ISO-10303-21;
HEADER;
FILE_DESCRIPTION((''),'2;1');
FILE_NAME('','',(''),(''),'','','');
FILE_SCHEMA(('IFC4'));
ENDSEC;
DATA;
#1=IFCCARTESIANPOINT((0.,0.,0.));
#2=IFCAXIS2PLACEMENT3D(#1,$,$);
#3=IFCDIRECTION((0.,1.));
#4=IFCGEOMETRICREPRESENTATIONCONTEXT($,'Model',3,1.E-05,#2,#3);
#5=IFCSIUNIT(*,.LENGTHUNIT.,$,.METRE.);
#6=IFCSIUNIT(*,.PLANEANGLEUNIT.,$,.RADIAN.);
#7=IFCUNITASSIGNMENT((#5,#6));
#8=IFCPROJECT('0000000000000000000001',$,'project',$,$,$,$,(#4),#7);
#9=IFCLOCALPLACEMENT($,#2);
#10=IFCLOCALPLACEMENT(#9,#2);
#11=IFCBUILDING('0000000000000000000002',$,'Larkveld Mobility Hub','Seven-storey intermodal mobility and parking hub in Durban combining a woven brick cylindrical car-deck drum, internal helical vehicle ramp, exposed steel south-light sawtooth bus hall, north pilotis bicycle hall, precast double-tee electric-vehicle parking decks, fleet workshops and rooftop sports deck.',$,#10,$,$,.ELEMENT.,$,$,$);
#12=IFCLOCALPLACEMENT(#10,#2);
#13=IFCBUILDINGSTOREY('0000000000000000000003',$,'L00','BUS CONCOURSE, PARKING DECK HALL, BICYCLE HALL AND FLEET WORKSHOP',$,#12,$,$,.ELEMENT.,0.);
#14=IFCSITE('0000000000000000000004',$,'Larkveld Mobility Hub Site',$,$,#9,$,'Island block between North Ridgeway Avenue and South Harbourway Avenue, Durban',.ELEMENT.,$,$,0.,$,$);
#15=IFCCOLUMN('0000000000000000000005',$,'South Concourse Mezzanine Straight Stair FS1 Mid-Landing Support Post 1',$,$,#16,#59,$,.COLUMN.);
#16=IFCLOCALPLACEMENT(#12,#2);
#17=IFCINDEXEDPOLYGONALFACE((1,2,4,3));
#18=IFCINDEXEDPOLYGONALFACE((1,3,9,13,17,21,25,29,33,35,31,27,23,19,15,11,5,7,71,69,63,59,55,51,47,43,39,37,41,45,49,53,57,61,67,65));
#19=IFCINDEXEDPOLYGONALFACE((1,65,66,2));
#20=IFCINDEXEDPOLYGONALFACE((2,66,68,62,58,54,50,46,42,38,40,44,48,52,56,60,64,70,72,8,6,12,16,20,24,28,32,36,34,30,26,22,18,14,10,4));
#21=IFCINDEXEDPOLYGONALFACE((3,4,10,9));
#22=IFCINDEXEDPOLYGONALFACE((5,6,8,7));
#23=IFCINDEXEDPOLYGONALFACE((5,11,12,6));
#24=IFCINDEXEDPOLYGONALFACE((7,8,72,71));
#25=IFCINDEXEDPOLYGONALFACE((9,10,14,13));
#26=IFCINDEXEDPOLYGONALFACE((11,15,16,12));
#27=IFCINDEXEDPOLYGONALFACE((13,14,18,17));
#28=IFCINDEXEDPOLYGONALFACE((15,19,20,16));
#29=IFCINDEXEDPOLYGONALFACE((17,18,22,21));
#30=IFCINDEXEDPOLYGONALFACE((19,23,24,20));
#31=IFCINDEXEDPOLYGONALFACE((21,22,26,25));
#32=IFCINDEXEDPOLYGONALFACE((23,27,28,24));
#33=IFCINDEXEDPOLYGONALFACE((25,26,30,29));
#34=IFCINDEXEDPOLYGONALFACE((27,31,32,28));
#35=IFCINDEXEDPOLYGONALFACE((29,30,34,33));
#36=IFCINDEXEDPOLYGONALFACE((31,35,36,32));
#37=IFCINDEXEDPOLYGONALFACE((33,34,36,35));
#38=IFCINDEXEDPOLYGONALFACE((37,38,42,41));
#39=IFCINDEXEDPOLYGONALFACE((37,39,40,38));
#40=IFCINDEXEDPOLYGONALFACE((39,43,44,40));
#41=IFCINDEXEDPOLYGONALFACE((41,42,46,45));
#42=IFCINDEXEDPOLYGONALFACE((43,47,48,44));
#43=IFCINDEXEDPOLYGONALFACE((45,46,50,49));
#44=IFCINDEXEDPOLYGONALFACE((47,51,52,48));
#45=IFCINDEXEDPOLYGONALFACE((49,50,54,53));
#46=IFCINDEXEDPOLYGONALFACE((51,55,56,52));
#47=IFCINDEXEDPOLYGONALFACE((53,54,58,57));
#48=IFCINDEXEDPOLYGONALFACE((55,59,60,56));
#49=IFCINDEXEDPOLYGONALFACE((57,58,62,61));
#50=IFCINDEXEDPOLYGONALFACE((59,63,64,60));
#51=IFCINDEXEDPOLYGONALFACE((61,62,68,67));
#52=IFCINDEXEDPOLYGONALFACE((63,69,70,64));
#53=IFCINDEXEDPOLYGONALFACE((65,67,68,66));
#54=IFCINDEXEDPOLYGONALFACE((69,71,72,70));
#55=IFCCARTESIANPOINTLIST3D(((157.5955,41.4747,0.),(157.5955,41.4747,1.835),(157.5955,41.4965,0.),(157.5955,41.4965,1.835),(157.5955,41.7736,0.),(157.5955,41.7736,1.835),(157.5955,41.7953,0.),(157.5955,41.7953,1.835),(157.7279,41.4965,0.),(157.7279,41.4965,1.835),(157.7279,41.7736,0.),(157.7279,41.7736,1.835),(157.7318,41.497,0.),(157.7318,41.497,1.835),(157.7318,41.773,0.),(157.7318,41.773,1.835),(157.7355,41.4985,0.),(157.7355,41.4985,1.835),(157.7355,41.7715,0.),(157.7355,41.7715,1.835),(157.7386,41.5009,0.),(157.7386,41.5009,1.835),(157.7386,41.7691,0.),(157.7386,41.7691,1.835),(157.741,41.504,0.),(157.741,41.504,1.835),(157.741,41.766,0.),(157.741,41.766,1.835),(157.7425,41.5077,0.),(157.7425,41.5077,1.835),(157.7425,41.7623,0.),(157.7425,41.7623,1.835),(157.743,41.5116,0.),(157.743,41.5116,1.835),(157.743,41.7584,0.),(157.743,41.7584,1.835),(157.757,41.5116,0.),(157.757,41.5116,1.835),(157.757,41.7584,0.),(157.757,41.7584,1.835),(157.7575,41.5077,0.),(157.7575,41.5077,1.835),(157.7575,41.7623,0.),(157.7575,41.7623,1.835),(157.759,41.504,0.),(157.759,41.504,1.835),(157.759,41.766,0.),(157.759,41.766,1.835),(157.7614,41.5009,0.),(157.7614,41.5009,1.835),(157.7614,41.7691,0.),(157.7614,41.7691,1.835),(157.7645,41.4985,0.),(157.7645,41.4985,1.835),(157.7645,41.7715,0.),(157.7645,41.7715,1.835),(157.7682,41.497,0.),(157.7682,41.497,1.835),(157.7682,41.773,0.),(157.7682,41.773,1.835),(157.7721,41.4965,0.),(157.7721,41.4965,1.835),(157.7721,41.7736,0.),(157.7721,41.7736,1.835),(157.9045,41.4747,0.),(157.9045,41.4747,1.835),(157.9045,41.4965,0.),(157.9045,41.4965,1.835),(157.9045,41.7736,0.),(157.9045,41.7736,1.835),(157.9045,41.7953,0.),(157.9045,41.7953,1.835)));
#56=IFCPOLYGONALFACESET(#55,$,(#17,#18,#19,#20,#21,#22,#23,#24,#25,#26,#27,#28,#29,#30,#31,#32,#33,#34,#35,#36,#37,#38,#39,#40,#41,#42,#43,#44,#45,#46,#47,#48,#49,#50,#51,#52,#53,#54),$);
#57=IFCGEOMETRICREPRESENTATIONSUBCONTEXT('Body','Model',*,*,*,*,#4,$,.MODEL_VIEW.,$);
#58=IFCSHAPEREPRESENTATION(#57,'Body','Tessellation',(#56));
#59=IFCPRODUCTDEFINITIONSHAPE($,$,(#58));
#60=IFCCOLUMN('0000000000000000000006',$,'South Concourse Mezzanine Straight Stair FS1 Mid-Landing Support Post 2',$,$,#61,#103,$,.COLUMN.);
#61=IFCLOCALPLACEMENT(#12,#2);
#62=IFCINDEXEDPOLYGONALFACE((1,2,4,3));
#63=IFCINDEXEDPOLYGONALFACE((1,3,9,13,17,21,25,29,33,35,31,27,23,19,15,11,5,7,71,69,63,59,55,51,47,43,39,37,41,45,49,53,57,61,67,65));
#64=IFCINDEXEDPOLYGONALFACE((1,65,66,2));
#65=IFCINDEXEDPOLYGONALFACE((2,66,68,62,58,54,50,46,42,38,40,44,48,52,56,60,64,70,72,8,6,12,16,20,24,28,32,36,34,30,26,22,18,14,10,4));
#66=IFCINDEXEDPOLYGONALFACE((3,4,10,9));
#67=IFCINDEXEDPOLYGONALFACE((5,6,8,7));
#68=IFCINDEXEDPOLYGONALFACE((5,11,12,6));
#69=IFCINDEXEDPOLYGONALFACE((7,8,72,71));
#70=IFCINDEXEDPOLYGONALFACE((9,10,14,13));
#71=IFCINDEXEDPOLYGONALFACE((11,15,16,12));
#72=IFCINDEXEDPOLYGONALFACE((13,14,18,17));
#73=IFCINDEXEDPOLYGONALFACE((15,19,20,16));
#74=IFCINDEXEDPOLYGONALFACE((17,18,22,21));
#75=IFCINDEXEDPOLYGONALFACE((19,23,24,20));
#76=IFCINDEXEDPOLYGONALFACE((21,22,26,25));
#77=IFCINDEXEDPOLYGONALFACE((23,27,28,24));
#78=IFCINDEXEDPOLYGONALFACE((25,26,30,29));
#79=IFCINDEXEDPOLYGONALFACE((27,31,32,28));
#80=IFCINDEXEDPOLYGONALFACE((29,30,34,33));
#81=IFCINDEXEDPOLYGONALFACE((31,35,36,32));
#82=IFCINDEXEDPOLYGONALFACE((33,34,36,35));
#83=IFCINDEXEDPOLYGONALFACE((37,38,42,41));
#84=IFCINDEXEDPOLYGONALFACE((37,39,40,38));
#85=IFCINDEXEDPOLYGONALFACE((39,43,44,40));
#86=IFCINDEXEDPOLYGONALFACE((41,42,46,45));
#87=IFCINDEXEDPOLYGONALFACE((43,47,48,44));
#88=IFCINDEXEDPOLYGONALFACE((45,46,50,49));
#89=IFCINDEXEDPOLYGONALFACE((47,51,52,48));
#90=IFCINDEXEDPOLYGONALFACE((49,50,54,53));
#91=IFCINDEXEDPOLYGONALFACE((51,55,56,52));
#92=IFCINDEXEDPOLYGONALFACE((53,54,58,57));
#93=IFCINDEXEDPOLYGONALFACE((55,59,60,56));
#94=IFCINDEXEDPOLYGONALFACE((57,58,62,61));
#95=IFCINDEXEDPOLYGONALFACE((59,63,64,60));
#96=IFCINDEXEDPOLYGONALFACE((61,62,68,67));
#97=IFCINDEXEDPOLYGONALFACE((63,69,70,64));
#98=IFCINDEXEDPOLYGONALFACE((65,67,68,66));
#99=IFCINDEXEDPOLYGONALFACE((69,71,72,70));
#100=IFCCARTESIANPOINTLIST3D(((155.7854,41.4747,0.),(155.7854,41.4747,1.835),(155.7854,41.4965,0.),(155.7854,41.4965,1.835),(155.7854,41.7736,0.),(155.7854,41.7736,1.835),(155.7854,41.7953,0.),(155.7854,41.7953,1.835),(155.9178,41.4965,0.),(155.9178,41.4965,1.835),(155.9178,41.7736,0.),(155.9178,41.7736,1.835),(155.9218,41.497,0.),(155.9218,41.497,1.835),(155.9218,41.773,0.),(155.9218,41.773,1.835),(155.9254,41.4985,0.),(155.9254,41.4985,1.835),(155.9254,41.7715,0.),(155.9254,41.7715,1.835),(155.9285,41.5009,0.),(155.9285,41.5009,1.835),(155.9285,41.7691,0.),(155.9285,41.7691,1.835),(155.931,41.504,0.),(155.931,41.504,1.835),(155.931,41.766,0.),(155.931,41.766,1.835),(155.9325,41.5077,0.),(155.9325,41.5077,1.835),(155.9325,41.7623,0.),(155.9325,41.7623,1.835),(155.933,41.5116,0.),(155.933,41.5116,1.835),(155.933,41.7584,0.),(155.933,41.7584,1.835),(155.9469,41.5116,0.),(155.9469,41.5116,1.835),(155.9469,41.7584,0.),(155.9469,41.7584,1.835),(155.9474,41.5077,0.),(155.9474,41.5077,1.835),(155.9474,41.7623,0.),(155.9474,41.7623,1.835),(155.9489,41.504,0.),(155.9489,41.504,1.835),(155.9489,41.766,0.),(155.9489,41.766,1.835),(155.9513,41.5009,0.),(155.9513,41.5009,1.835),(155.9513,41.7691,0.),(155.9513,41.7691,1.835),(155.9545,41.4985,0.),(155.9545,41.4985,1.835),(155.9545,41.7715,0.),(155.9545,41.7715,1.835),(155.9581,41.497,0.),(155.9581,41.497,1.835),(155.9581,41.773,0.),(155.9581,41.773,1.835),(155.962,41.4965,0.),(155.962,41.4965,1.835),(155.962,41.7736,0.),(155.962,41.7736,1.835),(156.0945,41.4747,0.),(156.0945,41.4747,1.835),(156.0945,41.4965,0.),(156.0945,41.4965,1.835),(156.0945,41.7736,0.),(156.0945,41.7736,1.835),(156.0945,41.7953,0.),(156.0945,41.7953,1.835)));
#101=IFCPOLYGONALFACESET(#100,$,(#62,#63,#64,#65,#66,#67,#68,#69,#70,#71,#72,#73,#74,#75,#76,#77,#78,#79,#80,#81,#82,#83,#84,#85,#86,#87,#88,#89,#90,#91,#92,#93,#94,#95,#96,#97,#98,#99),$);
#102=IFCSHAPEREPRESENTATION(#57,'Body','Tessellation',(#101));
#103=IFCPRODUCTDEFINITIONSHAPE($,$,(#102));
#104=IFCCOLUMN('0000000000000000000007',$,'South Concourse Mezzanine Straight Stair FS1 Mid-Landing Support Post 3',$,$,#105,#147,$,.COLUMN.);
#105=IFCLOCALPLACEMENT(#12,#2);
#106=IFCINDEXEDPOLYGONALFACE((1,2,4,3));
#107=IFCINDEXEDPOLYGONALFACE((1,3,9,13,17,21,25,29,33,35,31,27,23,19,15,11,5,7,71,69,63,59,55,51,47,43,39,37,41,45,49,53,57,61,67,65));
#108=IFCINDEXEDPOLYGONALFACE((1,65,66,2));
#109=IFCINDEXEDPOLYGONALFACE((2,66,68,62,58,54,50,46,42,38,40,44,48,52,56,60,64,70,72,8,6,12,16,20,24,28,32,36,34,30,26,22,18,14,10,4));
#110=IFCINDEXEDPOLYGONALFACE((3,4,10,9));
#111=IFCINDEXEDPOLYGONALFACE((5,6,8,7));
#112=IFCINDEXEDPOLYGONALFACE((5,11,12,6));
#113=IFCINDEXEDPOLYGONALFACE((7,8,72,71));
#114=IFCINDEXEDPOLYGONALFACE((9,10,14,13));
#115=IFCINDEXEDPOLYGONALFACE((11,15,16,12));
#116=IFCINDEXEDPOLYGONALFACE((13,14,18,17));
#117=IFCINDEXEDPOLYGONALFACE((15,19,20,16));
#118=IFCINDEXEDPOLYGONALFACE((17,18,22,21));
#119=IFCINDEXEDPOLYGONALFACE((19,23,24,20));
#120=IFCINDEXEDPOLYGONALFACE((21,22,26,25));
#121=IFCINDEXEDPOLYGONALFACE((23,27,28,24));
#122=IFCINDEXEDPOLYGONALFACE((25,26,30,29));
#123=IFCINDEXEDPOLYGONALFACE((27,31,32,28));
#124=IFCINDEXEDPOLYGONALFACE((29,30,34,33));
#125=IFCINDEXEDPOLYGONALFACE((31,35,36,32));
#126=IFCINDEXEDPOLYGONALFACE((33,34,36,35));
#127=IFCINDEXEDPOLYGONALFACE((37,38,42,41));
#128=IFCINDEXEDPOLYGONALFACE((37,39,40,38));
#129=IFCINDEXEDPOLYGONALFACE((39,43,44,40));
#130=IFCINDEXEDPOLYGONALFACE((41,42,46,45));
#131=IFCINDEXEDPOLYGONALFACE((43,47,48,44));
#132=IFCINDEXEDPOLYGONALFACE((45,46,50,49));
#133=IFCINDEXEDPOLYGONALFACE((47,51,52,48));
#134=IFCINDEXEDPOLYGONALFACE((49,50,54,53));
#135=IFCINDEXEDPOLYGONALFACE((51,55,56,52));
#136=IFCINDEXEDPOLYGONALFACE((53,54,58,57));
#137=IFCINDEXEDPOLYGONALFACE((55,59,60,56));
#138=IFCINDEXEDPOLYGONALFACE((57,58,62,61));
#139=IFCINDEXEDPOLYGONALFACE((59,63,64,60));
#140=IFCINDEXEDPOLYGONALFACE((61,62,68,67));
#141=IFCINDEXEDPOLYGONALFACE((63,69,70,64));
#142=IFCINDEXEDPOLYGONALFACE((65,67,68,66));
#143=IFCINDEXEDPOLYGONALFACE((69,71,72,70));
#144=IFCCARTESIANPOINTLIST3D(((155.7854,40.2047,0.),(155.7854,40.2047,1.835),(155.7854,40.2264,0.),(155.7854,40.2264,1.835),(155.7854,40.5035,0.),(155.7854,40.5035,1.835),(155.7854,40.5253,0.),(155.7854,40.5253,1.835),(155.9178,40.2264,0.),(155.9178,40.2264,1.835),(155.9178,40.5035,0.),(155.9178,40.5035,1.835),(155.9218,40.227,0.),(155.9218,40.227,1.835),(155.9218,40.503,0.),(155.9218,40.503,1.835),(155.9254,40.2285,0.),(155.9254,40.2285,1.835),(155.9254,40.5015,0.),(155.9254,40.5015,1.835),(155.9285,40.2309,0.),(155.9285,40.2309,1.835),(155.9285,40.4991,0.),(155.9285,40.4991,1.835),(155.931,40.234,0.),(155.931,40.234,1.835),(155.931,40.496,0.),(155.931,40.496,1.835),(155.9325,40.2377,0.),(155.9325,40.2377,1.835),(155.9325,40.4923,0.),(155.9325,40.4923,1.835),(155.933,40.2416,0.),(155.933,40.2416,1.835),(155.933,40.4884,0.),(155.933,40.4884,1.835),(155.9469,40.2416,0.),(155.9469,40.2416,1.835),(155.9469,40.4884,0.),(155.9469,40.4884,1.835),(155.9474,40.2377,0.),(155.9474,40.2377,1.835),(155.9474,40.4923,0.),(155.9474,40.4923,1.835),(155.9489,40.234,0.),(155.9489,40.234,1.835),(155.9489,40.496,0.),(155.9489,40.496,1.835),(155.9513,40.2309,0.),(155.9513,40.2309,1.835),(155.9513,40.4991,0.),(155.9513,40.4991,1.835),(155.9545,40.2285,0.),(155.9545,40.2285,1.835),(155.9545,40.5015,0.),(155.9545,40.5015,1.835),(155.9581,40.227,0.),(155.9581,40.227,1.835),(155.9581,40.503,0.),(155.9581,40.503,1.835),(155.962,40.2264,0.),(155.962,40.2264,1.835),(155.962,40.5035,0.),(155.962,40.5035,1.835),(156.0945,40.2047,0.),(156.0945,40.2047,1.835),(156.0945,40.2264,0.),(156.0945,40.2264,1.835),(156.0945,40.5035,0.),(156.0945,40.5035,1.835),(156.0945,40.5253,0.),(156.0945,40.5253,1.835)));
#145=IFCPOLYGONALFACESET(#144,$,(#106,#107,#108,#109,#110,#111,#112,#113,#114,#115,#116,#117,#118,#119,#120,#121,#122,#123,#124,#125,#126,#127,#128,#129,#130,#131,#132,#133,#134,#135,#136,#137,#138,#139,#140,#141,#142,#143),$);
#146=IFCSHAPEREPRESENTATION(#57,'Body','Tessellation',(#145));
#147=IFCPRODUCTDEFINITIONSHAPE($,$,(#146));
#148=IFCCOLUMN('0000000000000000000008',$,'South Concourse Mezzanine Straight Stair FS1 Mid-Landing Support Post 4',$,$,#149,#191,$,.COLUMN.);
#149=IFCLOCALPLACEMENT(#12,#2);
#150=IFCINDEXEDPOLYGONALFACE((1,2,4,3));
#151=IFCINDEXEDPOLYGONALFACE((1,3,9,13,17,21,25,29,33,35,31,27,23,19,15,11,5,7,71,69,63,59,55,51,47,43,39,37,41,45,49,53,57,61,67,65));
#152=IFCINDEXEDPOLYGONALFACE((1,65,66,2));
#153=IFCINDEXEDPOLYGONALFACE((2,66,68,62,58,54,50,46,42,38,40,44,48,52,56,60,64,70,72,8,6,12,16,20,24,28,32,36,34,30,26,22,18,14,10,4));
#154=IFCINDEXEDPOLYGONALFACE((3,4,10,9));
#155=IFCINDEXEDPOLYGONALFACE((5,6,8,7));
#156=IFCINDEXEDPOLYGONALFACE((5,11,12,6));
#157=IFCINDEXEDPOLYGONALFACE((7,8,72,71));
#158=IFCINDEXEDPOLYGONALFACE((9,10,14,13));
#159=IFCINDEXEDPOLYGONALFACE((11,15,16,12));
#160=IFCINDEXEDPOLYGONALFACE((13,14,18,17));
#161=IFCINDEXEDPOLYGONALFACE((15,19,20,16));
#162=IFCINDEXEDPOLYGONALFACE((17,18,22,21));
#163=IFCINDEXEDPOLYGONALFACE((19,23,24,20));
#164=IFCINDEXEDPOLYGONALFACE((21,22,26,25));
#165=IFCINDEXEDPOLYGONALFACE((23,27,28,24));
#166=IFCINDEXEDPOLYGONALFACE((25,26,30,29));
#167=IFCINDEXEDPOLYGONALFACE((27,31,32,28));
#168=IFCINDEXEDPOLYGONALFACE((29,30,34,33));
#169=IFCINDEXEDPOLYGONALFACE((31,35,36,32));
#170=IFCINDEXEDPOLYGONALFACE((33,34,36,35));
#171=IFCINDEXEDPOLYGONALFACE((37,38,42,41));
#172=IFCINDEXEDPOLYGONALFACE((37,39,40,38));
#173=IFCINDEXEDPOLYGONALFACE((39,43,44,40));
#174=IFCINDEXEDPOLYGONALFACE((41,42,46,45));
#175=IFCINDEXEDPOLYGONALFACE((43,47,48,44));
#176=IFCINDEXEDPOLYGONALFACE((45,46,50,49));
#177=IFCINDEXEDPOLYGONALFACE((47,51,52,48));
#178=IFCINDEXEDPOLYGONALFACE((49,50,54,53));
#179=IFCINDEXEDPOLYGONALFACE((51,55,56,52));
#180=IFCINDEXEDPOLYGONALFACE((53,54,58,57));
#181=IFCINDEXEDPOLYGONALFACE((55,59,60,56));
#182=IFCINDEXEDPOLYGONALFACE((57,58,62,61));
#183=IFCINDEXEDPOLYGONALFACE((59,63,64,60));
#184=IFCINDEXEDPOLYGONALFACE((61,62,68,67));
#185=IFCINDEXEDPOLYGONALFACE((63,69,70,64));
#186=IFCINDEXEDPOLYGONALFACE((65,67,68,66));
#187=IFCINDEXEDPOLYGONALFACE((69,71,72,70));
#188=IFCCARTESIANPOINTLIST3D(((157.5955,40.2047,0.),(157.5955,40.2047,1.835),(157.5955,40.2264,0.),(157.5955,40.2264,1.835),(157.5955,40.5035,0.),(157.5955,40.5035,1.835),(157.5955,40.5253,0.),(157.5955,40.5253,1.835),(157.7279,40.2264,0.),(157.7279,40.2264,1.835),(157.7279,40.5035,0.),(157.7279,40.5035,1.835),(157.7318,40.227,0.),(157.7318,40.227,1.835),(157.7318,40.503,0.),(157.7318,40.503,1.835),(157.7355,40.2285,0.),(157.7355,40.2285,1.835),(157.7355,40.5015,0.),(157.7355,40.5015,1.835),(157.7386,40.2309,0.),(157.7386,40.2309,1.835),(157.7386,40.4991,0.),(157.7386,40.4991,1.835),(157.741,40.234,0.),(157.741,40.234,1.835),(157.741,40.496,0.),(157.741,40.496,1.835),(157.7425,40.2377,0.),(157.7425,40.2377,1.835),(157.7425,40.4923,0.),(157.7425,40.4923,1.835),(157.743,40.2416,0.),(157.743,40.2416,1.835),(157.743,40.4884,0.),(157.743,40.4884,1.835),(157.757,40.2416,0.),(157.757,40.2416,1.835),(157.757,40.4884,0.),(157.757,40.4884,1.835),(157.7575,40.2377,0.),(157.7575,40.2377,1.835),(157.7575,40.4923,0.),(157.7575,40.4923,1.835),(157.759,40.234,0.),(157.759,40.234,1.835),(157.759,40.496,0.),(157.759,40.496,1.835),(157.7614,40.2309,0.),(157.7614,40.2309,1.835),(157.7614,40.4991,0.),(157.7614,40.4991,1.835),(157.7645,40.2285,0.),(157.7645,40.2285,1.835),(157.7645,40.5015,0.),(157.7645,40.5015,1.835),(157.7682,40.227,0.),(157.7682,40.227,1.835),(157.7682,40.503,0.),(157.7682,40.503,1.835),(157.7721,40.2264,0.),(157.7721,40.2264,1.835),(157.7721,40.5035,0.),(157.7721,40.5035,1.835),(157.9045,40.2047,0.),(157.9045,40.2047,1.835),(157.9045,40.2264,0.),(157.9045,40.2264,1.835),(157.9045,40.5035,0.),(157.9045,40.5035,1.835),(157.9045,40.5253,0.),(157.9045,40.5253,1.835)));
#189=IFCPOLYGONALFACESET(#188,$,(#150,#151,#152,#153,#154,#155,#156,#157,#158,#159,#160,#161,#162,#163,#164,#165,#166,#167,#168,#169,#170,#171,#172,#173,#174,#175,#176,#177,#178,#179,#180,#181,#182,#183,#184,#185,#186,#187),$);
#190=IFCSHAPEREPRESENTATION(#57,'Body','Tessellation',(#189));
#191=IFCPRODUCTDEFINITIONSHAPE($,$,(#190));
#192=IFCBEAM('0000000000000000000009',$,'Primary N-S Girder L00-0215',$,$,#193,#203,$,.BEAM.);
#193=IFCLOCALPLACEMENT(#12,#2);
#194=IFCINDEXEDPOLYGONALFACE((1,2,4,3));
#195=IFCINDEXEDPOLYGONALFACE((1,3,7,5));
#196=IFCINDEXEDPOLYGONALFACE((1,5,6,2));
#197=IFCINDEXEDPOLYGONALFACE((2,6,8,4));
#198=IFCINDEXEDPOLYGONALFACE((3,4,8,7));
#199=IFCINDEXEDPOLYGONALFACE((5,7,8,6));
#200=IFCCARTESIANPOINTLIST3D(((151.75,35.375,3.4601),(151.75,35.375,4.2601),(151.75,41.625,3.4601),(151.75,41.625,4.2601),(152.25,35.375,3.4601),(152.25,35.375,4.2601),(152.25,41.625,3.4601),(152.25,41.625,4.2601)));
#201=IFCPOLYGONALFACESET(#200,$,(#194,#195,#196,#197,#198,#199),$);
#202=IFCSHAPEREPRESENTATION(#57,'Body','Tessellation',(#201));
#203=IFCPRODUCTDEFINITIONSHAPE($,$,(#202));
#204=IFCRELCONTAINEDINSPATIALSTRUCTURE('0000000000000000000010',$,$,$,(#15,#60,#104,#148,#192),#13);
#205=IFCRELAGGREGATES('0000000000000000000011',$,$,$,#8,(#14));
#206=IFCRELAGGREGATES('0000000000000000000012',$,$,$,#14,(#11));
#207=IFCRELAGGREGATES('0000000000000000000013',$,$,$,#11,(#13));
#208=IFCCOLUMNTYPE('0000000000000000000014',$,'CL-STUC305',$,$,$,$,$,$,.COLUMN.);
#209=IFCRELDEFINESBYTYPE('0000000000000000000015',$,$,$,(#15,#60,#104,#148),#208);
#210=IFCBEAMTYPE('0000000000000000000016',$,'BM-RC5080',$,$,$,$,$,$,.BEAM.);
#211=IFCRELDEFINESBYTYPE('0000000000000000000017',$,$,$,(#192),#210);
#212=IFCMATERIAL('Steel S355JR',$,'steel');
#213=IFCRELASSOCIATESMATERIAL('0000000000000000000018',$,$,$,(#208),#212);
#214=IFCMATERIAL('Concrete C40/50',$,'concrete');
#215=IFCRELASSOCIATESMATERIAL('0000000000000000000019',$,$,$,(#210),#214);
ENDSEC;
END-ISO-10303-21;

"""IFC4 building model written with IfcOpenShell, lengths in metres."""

from ifc_helpers import new_model, si_unit, direction, frame, origin, origin_2d, place, context, subcontext, project, spatial, rectangle, i_section, extrude, material, material_profile, profile_set, type_object, element, save


model = new_model("IFC4")

# Units and contexts
model_context = context("Model", 3, precision=1e-05, world=origin(), true_north=direction((0.0, 1.0)))
body_context = subcontext(model_context, "Body", "Model", "MODEL_VIEW")
ifc_project = project(units=[si_unit("LENGTHUNIT", "METRE"), si_unit("PLANEANGLEUNIT", "RADIAN")], contexts=[model_context])

# Site, building, storey
site_placement = place(None, origin())
site = spatial("IfcSite", under=ifc_project, at=site_placement, Name="Larkveld Mobility Hub Site", LongName="Island block between North Ridgeway Avenue and South Harbourway Avenue, Durban", CompositionType="ELEMENT", RefElevation=0.0)
building_placement = place(site_placement, origin())
building = spatial("IfcBuilding", under=site, at=building_placement, Name="Larkveld Mobility Hub", Description="Seven-storey intermodal mobility and parking hub in Durban combining a woven brick cylindrical car-deck drum, internal helical vehicle ramp, exposed steel south-light sawtooth bus hall, north pilotis bicycle hall, precast double-tee electric-vehicle parking decks, fleet workshops and rooftop sports deck.", CompositionType="ELEMENT")
storey_placement = place(building_placement, origin())
storey = spatial("IfcBuildingStorey", under=building, at=storey_placement, Name="L00", Description="BUS CONCOURSE, PARKING DECK HALL, BICYCLE HALL AND FLEET WORKSHOP", CompositionType="ELEMENT", Elevation=0.0)

# Columns
ifc_material_1 = material(Name="Concrete C40/50", Category="concrete")
ifc_material_2 = material(Name="Steel S355JR", Category="steel")
ifc_material_profile_1 = material_profile(ifc_material_2, i_section(OverallWidth=0.3091, OverallDepth=0.3206, WebThickness=0.0139, FlangeThickness=0.0217, FilletRadius=0.0151, at=origin_2d()), Name="UC 305x305x137")
ifc_profile_set_1 = profile_set([ifc_material_profile_1], Name="Steel S355JR")
column_type_1 = type_object("IfcColumnType", Name="CL-STUC305", PredefinedType="COLUMN", material=ifc_profile_set_1)
for number, where, z_axis, x_axis, name in (
    (1, (157.75, 41.635, 0.0), (0.0, 0.0, 1.0), (1.0, 0.0, 0.0), "South Concourse Mezzanine Straight Stair FS1 Mid-Landing Support Post 1"),
    (2, (155.9399, 41.635, 0.0), (0.0, 0.0, 1.0), (1.0, 0.0, 0.0), "South Concourse Mezzanine Straight Stair FS1 Mid-Landing Support Post 2"),
    (3, (155.9399, 40.365, 0.0), (0.0, 0.0, 1.0), (1.0, 0.0, 0.0), "South Concourse Mezzanine Straight Stair FS1 Mid-Landing Support Post 3"),
    (4, (157.75, 40.365, 0.0), (0.0, 0.0, 1.0), (1.0, 0.0, 0.0), "South Concourse Mezzanine Straight Stair FS1 Mid-Landing Support Post 4"),
):
    element("IfcColumn", number, at=place(storey_placement, frame(where, z_axis=z_axis, x_axis=x_axis)), inside=storey, type_object=column_type_1, Name=name, PredefinedType="COLUMN", context=body_context, shape_type="SweptSolid", body=[
        extrude(i_section(OverallWidth=0.3091, OverallDepth=0.3206, WebThickness=0.0139, FlangeThickness=0.0217, FilletRadius=0.0151, at=origin_2d()), origin(), (0.0, 0.0, 1.0), 1.835),
    ])

# Beam
ifc_material_profile_2 = material_profile(ifc_material_1, rectangle(XDim=0.5, YDim=0.8, at=origin_2d()), Name="RC BM 500x800")
ifc_profile_set_2 = profile_set([ifc_material_profile_2], Name="Concrete C40/50")
beam_type_1 = type_object("IfcBeamType", Name="BM-RC5080", PredefinedType="BEAM", material=ifc_profile_set_2)
beam_1_placement = place(storey_placement, frame((152.0, 35.375, 3.8601), z_axis=(0.0, 1.0, 0.0), x_axis=(-1.0, 0.0, 0.0)))
element("IfcBeam", 5, at=beam_1_placement, inside=storey, type_object=beam_type_1, Name="Primary N-S Girder L00-0215", PredefinedType="BEAM", context=body_context, shape_type="SweptSolid", body=[
    extrude(rectangle(XDim=0.5, YDim=0.8, at=origin_2d()), origin(), (0.0, 0.0, 1.0), 6.25),
])

save(model, "model.ifc")
